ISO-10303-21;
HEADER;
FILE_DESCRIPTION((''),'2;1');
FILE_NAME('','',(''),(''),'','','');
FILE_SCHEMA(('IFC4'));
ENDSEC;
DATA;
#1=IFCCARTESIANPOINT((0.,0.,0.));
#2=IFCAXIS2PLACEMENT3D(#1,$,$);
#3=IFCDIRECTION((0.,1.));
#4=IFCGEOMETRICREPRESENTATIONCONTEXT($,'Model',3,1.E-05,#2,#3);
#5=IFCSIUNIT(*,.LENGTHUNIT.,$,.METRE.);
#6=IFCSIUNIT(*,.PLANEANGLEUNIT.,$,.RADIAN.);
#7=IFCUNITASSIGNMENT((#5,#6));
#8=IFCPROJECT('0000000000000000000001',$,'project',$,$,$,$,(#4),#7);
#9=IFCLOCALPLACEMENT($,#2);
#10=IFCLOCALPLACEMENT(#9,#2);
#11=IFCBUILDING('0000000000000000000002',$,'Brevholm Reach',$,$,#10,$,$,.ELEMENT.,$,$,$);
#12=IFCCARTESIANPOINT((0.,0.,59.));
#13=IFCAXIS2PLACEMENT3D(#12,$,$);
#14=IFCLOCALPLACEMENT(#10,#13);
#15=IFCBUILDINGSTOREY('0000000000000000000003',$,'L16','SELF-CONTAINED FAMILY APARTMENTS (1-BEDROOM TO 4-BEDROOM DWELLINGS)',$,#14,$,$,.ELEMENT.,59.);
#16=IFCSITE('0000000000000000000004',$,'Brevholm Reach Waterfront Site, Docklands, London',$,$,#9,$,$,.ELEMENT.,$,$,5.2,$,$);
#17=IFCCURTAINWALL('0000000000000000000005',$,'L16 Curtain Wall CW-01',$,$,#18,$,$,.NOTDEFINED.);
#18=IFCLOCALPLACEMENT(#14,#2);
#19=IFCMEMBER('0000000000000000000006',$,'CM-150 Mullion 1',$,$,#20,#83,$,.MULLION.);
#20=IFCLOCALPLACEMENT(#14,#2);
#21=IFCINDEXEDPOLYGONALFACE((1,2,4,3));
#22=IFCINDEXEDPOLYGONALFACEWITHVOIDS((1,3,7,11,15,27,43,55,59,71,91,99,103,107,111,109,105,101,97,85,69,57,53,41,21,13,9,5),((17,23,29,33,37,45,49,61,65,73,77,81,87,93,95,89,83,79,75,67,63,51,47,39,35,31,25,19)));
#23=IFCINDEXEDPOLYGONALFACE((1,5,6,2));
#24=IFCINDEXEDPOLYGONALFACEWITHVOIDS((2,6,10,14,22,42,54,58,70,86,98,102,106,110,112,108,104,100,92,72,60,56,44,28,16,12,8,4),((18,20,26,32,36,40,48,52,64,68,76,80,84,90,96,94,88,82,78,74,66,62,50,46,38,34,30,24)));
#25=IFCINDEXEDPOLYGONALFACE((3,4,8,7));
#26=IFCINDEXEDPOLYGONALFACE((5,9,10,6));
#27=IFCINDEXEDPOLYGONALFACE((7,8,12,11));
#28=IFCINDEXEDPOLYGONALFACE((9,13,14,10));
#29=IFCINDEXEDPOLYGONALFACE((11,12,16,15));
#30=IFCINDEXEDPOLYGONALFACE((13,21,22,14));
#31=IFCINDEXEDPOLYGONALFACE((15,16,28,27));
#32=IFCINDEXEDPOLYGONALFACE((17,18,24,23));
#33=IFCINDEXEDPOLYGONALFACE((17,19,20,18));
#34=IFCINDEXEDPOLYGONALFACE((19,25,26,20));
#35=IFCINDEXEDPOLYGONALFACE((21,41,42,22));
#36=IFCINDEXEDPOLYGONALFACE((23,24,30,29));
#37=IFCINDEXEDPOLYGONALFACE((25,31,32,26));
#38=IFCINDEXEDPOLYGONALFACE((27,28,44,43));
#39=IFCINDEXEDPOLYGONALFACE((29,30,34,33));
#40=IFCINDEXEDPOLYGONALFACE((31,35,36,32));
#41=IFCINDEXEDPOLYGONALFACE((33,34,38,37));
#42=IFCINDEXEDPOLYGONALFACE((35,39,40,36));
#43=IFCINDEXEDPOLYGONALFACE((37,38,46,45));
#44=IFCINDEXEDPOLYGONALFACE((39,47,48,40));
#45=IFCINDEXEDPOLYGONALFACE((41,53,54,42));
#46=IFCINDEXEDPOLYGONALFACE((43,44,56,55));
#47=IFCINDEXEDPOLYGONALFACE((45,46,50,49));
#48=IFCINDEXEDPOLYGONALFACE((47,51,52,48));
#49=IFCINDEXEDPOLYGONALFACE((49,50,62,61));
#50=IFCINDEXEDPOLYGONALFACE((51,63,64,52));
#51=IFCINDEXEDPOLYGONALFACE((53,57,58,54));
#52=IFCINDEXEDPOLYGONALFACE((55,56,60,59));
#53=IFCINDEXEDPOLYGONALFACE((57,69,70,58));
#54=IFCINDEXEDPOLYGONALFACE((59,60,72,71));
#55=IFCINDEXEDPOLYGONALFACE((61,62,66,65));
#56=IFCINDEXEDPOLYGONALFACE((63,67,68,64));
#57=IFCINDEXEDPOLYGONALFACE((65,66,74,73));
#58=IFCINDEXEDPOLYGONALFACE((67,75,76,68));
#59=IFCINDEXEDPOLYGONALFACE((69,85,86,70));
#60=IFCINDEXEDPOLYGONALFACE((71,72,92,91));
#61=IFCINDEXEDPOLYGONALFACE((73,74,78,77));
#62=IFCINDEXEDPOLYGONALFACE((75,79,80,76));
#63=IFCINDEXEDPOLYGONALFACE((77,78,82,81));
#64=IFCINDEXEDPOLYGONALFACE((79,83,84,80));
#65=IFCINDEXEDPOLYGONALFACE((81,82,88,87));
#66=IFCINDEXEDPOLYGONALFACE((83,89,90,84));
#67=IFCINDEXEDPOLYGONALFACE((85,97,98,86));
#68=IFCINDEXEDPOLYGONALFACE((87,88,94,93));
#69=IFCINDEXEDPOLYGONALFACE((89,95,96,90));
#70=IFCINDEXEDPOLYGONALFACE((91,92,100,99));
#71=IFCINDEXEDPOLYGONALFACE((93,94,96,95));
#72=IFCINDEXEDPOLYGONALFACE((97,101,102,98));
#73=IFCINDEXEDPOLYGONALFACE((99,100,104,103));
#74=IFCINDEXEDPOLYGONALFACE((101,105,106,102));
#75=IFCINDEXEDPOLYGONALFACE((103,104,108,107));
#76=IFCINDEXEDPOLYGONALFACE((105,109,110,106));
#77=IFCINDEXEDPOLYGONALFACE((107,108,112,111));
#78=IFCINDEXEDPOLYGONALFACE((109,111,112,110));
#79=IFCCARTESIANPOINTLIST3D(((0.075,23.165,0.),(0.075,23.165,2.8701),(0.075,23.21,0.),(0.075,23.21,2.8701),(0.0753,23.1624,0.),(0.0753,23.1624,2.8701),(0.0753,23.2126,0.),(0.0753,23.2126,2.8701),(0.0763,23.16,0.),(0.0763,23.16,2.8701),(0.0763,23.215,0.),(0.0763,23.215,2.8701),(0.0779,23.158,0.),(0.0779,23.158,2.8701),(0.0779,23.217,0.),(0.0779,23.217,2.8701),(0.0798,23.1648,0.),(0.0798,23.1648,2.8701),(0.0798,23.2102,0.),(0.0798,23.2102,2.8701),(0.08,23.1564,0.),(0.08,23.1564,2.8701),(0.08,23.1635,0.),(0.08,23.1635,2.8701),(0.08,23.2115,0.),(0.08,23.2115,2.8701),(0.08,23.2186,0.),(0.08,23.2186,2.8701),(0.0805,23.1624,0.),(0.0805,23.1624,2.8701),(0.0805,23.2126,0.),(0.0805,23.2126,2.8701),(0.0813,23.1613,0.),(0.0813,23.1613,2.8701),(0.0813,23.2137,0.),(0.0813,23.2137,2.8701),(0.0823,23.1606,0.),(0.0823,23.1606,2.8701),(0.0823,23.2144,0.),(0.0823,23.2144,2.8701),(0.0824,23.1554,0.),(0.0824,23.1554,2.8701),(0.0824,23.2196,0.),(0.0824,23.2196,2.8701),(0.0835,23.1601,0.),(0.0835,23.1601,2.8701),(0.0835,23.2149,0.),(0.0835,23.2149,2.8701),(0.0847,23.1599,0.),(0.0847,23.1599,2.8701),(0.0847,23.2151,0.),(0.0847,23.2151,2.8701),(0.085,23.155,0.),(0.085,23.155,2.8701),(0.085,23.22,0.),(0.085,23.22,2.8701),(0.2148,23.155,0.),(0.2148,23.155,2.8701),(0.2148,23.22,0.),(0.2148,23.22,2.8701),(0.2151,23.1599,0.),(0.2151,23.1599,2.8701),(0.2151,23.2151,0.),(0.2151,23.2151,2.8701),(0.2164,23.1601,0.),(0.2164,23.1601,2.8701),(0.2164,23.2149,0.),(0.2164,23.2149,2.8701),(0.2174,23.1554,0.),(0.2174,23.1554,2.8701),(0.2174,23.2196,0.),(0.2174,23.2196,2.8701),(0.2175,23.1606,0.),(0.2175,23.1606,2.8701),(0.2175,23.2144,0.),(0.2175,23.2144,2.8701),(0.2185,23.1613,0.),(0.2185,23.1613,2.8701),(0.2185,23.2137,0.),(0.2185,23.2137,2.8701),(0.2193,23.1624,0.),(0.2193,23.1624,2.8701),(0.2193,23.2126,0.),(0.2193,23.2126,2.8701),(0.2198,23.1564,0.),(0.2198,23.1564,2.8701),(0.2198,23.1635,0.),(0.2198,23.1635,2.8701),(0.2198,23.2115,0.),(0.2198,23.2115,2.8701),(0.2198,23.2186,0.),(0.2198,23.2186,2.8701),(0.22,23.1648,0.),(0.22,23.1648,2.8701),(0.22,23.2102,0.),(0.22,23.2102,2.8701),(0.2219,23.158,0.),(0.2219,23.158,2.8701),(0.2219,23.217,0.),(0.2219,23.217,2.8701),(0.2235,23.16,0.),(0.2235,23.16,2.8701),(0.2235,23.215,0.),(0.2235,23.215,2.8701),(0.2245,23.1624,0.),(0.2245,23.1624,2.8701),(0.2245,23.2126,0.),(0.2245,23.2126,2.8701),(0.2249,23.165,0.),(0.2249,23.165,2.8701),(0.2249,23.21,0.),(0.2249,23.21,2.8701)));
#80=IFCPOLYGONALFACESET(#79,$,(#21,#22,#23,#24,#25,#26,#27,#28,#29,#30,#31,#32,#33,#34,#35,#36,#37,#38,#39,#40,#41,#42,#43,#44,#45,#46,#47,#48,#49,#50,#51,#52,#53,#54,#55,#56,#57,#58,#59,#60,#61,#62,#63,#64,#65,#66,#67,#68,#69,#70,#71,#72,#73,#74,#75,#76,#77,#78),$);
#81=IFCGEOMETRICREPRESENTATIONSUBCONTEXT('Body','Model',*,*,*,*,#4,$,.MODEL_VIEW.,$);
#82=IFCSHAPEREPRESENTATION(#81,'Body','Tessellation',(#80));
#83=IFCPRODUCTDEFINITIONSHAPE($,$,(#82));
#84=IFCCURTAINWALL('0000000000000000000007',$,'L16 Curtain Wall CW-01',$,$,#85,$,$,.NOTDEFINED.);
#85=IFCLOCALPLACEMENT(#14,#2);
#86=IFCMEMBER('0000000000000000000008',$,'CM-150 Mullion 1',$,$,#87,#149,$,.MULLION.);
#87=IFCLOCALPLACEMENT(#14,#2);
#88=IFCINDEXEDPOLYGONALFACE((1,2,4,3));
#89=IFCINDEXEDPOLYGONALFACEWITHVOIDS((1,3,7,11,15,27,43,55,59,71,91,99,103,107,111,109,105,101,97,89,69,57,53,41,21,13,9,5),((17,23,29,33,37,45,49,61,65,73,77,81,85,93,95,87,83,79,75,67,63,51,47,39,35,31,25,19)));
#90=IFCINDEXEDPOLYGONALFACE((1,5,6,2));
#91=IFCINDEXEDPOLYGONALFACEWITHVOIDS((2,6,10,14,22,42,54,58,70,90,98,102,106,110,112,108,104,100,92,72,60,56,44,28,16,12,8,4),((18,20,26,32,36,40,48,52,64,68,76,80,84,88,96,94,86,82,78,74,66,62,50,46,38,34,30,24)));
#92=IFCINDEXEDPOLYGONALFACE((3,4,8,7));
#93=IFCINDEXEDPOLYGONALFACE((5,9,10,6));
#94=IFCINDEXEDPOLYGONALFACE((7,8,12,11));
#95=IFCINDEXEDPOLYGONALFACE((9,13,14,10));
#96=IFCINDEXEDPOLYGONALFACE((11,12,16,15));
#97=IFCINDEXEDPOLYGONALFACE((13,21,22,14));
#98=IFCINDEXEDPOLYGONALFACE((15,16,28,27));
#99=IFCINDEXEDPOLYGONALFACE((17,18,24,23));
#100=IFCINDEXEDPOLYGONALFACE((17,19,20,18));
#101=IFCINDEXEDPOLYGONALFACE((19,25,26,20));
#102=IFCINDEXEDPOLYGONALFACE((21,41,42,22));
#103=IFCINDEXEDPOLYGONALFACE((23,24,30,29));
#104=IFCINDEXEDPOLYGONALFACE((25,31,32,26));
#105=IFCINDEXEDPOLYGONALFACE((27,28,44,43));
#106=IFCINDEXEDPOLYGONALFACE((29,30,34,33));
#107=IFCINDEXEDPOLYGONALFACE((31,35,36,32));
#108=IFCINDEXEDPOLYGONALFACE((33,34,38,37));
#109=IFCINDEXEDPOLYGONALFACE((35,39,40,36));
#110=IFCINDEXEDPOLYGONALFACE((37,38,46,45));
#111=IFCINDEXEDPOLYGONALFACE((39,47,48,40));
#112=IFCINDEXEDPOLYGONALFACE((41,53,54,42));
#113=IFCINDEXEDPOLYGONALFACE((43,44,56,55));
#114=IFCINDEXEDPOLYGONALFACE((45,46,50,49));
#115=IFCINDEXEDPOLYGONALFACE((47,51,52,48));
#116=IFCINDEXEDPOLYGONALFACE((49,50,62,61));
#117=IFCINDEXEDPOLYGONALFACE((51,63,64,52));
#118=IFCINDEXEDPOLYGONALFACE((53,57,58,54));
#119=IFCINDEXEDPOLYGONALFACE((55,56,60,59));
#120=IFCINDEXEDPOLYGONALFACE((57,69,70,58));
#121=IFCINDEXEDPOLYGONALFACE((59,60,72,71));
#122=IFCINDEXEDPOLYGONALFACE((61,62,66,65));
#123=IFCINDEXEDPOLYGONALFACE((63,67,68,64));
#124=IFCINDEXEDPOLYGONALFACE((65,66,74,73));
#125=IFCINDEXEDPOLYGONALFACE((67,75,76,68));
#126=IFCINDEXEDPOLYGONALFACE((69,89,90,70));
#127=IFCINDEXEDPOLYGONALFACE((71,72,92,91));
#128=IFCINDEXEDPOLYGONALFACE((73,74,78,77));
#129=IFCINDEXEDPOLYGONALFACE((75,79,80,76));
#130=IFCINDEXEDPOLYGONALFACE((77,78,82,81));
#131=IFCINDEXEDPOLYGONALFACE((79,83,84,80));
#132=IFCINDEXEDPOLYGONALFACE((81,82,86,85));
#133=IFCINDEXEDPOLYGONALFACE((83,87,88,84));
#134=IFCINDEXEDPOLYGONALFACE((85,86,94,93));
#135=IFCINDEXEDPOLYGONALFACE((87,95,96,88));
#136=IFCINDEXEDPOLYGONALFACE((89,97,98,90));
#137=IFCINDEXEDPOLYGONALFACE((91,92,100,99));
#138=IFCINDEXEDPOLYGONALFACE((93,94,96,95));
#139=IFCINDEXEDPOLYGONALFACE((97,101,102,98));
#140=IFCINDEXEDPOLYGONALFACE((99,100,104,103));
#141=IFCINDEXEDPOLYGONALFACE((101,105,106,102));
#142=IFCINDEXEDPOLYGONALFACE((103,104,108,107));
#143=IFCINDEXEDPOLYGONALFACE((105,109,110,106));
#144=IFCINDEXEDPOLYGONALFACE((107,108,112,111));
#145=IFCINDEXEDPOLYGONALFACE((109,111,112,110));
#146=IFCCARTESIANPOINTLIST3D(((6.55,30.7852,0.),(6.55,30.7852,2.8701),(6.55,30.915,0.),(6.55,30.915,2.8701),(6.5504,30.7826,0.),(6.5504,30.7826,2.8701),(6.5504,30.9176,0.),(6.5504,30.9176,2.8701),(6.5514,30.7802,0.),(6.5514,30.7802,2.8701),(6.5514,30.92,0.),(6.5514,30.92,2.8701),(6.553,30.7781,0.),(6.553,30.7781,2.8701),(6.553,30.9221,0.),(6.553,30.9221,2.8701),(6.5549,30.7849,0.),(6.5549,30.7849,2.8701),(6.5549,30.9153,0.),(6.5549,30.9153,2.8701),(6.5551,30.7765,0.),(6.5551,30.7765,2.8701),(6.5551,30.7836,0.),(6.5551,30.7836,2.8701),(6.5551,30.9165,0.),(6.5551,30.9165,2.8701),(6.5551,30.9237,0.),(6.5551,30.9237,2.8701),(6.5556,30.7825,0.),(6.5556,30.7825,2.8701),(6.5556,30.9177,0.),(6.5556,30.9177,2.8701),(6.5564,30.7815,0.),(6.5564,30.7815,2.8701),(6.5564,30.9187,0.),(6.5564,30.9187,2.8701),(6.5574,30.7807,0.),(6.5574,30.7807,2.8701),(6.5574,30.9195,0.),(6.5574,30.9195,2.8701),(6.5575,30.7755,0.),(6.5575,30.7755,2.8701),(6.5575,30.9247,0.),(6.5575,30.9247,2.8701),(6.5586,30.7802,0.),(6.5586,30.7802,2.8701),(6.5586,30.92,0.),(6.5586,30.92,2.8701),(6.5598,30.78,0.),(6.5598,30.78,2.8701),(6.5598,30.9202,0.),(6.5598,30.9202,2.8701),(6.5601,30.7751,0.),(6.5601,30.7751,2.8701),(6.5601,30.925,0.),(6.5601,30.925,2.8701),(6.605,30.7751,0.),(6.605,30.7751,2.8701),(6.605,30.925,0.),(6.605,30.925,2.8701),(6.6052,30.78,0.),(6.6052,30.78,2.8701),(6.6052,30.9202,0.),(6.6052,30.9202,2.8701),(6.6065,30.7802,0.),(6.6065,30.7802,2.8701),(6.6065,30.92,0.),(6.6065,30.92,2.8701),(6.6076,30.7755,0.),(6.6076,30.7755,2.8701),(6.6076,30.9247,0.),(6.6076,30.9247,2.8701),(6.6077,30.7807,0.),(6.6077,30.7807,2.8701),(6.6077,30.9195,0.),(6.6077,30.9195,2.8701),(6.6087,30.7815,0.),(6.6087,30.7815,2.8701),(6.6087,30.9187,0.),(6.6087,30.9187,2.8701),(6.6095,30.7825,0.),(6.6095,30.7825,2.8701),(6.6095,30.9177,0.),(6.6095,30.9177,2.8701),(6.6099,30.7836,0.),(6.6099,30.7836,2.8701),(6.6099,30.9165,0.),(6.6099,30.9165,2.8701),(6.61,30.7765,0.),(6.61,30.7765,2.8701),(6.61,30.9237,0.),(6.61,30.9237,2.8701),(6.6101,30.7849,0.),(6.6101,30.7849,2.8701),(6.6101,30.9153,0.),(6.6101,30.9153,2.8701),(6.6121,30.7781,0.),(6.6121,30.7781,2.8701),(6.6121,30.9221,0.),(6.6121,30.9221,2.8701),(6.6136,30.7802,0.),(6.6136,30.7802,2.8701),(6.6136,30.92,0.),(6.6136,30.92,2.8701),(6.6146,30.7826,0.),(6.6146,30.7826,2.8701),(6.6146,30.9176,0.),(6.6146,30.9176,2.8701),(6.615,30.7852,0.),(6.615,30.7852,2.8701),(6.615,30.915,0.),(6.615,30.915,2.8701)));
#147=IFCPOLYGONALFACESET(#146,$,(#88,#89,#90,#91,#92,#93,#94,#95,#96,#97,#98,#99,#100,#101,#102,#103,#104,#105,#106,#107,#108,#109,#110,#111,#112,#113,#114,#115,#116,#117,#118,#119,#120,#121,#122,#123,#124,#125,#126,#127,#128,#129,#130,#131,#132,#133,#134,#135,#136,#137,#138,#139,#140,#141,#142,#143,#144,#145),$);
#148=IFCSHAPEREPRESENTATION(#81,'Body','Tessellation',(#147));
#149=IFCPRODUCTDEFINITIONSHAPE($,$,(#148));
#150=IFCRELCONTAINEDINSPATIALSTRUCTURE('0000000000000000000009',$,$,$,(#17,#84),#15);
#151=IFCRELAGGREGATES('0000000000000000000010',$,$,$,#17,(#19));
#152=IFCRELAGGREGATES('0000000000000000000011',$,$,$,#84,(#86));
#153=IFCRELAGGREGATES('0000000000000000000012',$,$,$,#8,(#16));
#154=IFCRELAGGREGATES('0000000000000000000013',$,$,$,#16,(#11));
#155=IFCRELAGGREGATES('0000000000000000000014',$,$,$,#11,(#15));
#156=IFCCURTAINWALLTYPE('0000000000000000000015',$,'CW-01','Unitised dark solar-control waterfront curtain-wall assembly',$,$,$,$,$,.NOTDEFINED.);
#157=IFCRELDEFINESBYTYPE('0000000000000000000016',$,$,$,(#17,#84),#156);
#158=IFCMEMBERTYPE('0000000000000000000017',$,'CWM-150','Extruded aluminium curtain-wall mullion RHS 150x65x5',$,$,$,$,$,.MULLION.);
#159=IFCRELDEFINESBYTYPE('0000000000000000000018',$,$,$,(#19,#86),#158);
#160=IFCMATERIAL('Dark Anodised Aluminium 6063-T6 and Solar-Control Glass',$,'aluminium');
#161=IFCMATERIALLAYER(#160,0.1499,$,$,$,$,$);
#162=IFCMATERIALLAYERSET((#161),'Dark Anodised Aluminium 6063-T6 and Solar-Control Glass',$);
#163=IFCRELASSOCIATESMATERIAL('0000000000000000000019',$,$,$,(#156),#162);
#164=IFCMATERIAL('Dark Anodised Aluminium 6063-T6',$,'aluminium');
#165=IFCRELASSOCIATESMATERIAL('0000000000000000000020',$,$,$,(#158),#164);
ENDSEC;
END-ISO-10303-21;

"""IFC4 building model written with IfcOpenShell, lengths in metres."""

from ifc_helpers import new_model, si_unit, direction, frame, origin, origin_2d, place, context, subcontext, project, spatial, hollow_rectangle, extrude, material, layer, layer_set, material_profile, profile_set, type_object, element, aggregate, save


model = new_model("IFC4")

# Units and contexts
model_context = context("Model", 3, precision=1e-05, world=origin(), true_north=direction((0.0, 1.0)))
body_context = subcontext(model_context, "Body", "Model", "MODEL_VIEW")
ifc_project = project(units=[si_unit("LENGTHUNIT", "METRE"), si_unit("PLANEANGLEUNIT", "RADIAN")], contexts=[model_context])

# Site, building, storey
site_placement = place(None, origin())
site = spatial("IfcSite", under=ifc_project, at=site_placement, Name="Brevholm Reach Waterfront Site, Docklands, London", CompositionType="ELEMENT", RefElevation=5.2)
building_placement = place(site_placement, origin())
building = spatial("IfcBuilding", under=site, at=building_placement, Name="Brevholm Reach", CompositionType="ELEMENT")
storey_placement = place(building_placement, frame((0.0, 0.0, 59.0)))
storey = spatial("IfcBuildingStorey", under=building, at=storey_placement, Name="L16", Description="SELF-CONTAINED FAMILY APARTMENTS (1-BEDROOM TO 4-BEDROOM DWELLINGS)", CompositionType="ELEMENT", Elevation=59.0)

# Curtain wall, member
ifc_material_1 = material(Name="Dark Anodised Aluminium 6063-T6 and Solar-Control Glass", Category="aluminium")
ifc_layer_1 = layer(ifc_material_1, 0.1499)
ifc_layer_set_1 = layer_set([ifc_layer_1], Name="Dark Anodised Aluminium 6063-T6 and Solar-Control Glass")
curtain_wall_type = type_object("IfcCurtainWallType", Name="CW-01", Description="Unitised dark solar-control waterfront curtain-wall assembly", PredefinedType="NOTDEFINED", material=ifc_layer_set_1)
curtain_wall_1_placement = place(storey_placement, origin())
curtain_wall_1 = element("IfcCurtainWall", 1, at=curtain_wall_1_placement, inside=storey, type_object=curtain_wall_type, Name="L16 Curtain Wall CW-01", PredefinedType="NOTDEFINED")
ifc_material_2 = material(Name="Dark Anodised Aluminium 6063-T6", Category="aluminium")
ifc_material_profile_1 = material_profile(ifc_material_2, hollow_rectangle(XDim=0.0649, YDim=0.1499, WallThickness=0.0049, InnerFilletRadius=0.0049, OuterFilletRadius=0.01, at=origin_2d()), Name="RHS 150x65x5")
ifc_profile_set_1 = profile_set([ifc_material_profile_1], Name="Dark Anodised Aluminium 6063-T6")
member_type_1 = type_object("IfcMemberType", Name="CWM-150", Description="Extruded aluminium curtain-wall mullion RHS 150x65x5", PredefinedType="MULLION", material=ifc_profile_set_1)
member_1_placement = place(storey_placement, frame((0.1499, 23.1875, 0.0), z_axis=(0.0, 0.0, 1.0), x_axis=(0.0, -1.0, 0.0)))
member_1 = element("IfcMember", 2, at=member_1_placement, type_object=member_type_1, Name="CM-150 Mullion 1", PredefinedType="MULLION", context=body_context, shape_type="SweptSolid", body=[
    extrude(hollow_rectangle(XDim=0.0649, YDim=0.1499, WallThickness=0.0049, InnerFilletRadius=0.0049, OuterFilletRadius=0.01, at=origin_2d()), origin(), (0.0, 0.0, 1.0), 2.8701),
])

# Curtain wall, member
curtain_wall_2_placement = place(storey_placement, origin())
curtain_wall_2 = element("IfcCurtainWall", 3, at=curtain_wall_2_placement, inside=storey, type_object=curtain_wall_type, Name="L16 Curtain Wall CW-01", PredefinedType="NOTDEFINED")
member_2_placement = place(storey_placement, frame((6.5825, 30.8501, 0.0), z_axis=(0.0, 0.0, 1.0), x_axis=(1.0, 0.0, 0.0)))
member_2 = element("IfcMember", 4, at=member_2_placement, type_object=member_type_1, Name="CM-150 Mullion 1", PredefinedType="MULLION", context=body_context, shape_type="SweptSolid", body=[
    extrude(hollow_rectangle(XDim=0.0649, YDim=0.1499, WallThickness=0.0049, InnerFilletRadius=0.0049, OuterFilletRadius=0.01, at=origin_2d()), origin(), (0.0, 0.0, 1.0), 2.8701),
])

aggregate(curtain_wall_1, [member_1])

aggregate(curtain_wall_2, [member_2])

save(model, "model.ifc")
